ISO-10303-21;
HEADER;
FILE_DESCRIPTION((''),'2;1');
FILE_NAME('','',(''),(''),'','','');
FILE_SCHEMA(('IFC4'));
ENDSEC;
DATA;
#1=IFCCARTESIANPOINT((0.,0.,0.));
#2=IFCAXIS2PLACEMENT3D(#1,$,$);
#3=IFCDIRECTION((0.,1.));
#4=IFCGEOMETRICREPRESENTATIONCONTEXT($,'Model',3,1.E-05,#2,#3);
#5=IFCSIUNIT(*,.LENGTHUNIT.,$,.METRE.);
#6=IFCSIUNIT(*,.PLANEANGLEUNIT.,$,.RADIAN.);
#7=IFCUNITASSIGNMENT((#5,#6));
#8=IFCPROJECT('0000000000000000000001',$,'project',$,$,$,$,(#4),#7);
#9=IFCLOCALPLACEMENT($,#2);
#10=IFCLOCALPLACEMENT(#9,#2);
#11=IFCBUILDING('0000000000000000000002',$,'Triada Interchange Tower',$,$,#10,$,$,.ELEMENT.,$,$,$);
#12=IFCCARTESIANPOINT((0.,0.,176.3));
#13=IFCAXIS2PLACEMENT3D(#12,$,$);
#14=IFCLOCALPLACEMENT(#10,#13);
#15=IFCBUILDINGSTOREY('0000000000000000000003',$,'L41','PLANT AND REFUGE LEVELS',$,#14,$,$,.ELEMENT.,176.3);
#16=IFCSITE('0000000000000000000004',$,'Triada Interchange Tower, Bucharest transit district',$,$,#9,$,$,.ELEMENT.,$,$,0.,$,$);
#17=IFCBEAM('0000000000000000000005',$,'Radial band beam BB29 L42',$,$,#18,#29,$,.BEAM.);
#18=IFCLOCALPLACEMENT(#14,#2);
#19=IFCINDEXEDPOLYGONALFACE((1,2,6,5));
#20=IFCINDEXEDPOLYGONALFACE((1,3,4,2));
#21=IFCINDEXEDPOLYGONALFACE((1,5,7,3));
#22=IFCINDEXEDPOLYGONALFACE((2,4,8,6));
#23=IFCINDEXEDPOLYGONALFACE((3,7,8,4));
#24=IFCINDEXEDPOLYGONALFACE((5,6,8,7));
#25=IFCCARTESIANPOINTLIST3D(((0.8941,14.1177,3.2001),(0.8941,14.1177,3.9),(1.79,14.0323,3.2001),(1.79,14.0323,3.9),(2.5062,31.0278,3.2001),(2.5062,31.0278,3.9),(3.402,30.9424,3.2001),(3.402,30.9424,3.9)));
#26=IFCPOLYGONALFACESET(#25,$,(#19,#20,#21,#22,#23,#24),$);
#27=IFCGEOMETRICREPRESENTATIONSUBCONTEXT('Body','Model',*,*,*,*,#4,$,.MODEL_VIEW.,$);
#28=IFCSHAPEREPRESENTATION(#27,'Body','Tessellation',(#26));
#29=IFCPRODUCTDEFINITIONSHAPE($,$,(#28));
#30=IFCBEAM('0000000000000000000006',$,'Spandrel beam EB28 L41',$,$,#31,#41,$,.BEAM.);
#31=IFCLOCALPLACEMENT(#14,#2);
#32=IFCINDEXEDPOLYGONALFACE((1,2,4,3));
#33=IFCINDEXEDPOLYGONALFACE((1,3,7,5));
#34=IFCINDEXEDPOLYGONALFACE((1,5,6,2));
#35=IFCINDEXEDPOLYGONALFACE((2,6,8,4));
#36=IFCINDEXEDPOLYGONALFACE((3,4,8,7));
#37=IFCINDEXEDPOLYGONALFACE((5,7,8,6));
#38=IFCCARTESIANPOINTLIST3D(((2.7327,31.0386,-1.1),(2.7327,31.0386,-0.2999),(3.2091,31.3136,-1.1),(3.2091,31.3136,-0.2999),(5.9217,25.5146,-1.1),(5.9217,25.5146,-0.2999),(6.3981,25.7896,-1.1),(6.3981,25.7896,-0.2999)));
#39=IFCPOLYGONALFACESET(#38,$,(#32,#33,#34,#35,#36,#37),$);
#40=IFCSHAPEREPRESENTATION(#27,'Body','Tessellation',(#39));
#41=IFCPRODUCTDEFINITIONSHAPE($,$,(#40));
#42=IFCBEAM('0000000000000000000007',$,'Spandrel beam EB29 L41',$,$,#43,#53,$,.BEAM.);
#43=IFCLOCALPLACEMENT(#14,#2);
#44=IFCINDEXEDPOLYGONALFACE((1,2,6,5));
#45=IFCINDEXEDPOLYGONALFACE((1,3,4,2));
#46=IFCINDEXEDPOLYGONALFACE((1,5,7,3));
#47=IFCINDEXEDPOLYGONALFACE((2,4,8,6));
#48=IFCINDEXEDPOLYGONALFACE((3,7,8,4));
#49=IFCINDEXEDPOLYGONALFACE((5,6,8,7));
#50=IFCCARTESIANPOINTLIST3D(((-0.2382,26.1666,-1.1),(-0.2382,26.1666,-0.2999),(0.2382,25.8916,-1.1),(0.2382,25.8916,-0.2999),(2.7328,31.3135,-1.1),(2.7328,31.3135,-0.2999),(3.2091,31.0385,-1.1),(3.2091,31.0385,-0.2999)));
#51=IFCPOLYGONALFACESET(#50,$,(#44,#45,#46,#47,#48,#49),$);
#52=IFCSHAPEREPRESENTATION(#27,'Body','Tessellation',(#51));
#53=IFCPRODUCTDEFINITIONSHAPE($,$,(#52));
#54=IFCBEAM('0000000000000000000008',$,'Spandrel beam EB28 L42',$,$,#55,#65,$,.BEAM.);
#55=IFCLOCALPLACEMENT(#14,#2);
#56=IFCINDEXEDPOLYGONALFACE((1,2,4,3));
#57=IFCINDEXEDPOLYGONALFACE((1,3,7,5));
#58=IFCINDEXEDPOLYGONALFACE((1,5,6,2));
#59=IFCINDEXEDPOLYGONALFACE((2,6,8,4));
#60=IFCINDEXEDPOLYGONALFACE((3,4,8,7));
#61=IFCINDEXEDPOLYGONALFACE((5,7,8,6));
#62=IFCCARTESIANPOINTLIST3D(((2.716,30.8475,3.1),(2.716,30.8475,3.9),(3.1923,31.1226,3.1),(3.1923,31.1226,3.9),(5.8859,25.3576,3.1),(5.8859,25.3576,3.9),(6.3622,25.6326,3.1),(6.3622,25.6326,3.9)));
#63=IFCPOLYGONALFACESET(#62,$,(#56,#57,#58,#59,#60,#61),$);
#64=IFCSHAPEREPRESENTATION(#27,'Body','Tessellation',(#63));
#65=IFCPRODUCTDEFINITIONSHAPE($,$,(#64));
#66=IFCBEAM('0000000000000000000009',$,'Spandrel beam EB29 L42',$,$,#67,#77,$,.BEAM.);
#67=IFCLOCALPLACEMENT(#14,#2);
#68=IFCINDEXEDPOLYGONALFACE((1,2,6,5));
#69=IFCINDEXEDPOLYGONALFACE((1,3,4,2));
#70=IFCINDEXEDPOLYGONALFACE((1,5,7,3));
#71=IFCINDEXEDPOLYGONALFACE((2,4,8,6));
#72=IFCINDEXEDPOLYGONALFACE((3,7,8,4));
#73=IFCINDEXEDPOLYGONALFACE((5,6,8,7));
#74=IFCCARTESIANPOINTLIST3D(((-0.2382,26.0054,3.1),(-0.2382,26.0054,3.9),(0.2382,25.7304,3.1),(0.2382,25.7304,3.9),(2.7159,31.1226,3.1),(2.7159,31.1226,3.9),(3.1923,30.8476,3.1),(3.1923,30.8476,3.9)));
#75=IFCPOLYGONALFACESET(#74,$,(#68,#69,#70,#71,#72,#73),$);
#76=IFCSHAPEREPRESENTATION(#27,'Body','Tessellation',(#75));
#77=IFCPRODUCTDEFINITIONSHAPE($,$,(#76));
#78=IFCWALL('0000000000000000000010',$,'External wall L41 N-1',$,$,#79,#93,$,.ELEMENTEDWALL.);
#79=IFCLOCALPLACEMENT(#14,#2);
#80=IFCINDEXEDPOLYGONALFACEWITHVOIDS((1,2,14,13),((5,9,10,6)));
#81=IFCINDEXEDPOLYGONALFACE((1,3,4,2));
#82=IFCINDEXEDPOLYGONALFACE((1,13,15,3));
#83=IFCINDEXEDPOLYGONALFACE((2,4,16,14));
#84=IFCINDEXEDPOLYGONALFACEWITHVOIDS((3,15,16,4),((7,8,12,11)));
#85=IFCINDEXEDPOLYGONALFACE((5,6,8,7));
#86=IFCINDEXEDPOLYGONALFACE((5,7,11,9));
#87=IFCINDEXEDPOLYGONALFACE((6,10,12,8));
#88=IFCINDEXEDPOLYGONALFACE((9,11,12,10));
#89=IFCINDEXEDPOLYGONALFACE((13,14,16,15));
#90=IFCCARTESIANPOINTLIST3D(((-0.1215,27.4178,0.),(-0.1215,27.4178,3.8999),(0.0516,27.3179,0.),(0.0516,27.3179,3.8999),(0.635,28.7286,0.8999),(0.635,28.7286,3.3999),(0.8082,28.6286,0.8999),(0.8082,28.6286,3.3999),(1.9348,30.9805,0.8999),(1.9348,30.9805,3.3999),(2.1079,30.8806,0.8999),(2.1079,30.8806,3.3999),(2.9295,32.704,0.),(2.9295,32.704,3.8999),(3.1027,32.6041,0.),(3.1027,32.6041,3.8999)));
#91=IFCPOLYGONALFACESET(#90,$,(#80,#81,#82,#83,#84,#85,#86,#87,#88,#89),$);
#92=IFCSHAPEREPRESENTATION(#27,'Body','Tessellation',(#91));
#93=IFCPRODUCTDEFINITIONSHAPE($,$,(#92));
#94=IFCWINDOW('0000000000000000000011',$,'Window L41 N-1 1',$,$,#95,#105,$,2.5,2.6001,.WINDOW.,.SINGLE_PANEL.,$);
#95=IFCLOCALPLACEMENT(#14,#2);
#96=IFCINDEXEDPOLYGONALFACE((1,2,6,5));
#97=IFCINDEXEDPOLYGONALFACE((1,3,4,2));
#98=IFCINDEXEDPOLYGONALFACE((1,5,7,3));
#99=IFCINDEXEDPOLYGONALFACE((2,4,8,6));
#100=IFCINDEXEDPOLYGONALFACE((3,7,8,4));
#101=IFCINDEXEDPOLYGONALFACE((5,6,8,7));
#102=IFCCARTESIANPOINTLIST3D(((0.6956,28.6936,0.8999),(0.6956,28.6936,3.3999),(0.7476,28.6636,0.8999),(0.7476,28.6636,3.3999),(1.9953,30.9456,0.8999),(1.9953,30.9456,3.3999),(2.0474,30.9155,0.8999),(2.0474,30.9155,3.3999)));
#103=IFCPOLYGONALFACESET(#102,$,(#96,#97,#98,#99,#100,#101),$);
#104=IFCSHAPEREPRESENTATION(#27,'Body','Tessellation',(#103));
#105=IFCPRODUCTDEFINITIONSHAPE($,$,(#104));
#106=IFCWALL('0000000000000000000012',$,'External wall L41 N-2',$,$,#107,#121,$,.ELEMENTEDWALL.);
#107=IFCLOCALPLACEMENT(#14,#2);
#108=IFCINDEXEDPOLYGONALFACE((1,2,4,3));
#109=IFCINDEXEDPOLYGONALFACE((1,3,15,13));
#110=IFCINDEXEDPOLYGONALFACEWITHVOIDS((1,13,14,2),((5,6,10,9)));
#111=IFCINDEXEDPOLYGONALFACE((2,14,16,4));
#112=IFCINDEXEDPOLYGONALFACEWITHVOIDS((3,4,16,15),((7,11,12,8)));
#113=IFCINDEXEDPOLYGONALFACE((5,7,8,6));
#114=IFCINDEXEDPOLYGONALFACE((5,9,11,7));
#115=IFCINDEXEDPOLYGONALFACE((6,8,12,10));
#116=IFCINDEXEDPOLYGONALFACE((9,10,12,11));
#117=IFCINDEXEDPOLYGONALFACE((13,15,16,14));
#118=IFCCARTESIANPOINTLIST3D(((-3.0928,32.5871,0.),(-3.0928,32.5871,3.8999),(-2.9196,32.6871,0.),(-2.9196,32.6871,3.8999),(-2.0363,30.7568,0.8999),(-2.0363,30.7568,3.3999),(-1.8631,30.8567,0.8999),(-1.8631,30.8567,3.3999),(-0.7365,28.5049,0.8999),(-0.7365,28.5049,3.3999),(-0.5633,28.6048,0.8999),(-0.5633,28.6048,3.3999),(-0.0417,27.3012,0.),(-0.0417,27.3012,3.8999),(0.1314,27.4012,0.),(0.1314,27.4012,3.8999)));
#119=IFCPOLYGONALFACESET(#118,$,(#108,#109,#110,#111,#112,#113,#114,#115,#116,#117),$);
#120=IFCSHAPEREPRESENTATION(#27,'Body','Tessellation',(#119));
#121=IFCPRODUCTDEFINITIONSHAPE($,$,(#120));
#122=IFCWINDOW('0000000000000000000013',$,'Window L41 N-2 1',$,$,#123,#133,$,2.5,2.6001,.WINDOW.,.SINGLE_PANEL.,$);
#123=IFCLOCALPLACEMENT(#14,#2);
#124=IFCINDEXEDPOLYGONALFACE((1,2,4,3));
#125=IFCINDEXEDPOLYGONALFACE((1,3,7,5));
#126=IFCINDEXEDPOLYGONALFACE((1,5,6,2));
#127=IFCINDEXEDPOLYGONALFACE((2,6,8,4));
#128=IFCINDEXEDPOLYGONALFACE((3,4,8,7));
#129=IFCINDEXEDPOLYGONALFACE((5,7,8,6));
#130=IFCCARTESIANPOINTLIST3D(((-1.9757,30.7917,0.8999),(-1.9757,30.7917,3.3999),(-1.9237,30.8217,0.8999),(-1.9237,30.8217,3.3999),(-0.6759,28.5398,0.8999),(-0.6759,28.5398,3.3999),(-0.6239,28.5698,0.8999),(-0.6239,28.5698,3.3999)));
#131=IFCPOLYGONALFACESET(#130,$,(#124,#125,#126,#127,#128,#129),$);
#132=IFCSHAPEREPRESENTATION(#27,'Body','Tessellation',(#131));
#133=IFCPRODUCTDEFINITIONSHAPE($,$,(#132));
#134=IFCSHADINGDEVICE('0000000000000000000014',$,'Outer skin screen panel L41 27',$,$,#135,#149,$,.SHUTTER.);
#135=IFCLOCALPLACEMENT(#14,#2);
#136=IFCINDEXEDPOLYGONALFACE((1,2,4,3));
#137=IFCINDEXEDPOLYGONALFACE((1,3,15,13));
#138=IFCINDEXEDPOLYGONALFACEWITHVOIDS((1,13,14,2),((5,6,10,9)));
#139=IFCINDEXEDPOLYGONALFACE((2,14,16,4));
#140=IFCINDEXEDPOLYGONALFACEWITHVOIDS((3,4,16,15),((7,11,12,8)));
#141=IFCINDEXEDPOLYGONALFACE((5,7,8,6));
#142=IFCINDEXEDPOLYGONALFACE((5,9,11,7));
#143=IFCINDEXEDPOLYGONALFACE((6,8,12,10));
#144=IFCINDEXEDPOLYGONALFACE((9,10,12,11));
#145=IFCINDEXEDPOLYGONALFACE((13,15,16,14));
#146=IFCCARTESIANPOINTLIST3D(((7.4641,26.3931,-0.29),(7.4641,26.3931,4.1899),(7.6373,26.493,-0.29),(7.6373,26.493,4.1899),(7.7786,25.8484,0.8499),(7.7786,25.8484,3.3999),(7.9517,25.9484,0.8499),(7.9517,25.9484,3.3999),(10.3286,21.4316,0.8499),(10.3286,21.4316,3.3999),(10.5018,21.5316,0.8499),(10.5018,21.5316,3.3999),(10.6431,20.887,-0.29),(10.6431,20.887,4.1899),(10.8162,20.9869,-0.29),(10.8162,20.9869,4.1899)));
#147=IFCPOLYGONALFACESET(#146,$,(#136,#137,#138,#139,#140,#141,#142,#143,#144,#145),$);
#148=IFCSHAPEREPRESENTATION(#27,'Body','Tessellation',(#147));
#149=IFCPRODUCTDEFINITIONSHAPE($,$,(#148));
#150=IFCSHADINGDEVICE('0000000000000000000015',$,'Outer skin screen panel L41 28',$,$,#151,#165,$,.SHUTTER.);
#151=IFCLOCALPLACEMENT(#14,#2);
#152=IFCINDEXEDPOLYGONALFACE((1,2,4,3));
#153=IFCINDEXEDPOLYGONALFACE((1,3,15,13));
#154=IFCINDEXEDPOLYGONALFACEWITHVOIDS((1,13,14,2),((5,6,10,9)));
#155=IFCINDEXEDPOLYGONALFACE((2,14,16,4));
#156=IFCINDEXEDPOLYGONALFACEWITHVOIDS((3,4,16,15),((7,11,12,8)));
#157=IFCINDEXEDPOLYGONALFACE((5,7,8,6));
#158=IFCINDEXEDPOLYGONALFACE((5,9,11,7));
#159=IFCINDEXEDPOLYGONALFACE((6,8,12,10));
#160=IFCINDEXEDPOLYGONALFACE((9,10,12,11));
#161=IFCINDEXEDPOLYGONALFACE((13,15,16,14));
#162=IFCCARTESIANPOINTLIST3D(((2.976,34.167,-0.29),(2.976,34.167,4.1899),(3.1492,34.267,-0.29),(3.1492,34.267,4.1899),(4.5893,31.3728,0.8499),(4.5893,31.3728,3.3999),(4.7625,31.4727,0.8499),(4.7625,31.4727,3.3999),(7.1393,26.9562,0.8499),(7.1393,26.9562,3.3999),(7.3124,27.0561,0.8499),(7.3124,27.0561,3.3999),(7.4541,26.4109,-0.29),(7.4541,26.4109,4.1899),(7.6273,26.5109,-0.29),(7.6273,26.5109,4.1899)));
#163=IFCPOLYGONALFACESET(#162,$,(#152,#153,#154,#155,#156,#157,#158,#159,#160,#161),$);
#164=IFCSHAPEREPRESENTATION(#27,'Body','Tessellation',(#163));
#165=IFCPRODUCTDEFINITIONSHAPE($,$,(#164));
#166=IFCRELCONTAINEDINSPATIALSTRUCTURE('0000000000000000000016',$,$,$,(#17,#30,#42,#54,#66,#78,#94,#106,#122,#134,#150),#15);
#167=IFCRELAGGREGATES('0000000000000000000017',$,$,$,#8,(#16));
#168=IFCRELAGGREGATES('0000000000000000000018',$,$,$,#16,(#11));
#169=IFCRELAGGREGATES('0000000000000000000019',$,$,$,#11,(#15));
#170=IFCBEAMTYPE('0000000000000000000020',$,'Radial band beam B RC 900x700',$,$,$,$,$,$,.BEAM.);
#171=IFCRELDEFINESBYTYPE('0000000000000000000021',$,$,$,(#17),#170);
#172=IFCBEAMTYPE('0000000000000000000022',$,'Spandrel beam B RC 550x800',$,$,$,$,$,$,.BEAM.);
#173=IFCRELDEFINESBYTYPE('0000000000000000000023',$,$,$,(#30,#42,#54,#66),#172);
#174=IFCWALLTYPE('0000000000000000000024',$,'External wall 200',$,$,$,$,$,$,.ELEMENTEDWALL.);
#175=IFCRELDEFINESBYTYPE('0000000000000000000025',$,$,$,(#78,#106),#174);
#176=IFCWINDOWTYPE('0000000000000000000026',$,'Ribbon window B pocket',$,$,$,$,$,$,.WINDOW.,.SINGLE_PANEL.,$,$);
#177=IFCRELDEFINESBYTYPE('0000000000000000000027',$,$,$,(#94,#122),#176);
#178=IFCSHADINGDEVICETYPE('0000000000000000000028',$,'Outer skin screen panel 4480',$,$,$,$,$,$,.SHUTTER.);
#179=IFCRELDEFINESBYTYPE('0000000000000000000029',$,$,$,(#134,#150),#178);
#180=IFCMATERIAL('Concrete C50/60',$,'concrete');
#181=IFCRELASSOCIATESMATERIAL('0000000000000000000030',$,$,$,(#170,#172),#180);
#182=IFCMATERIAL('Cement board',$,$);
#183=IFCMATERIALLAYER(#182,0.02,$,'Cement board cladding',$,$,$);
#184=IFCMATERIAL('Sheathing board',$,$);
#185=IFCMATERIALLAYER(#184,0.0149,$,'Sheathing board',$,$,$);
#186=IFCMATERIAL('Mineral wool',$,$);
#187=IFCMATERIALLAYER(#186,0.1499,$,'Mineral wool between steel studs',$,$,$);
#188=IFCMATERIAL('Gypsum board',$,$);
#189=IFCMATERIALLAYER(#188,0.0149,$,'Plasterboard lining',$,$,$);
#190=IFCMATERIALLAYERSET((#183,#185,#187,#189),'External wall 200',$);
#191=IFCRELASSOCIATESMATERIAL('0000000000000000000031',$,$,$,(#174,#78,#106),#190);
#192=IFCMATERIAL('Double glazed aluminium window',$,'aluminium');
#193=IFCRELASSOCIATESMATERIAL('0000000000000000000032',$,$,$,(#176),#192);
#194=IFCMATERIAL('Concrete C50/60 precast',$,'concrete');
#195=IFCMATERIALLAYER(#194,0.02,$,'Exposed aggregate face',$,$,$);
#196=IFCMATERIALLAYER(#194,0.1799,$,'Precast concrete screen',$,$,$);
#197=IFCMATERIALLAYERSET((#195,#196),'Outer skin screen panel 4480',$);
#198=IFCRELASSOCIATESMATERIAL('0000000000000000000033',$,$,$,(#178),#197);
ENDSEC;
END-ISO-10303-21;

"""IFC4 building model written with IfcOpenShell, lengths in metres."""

from ifc_helpers import new_model, si_unit, direction, frame, frame_2d, origin, origin_2d, place, context, subcontext, project, spatial, polyline, rectangle, outline, extrude, material, layer, layer_set, layer_usage, material_profile, profile_set, type_object, element, fill, save


model = new_model("IFC4")

# Units and contexts
model_context = context("Model", 3, precision=1e-05, world=origin(), true_north=direction((0.0, 1.0)))
body_context = subcontext(model_context, "Body", "Model", "MODEL_VIEW")
ifc_project = project(units=[si_unit("LENGTHUNIT", "METRE"), si_unit("PLANEANGLEUNIT", "RADIAN")], contexts=[model_context])

# Site, building, storey
site_placement = place(None, origin())
site = spatial("IfcSite", under=ifc_project, at=site_placement, Name="Triada Interchange Tower, Bucharest transit district", CompositionType="ELEMENT", RefElevation=0.0)
building_placement = place(site_placement, origin())
building = spatial("IfcBuilding", under=site, at=building_placement, Name="Triada Interchange Tower", CompositionType="ELEMENT")
storey_placement = place(building_placement, frame((0.0, 0.0, 176.3)))
storey = spatial("IfcBuildingStorey", under=building, at=storey_placement, Name="L41", Description="PLANT AND REFUGE LEVELS", CompositionType="ELEMENT", Elevation=176.3)

# Beams
ifc_material_1 = material(Name="Concrete C50/60", Category="concrete")
ifc_material_profile_1 = material_profile(ifc_material_1, rectangle(XDim=0.8999, YDim=0.7, at=origin_2d()), Name="RC 900x700")
ifc_profile_set_1 = profile_set([ifc_material_profile_1], Name="Concrete C50/60")
beam_type_1 = type_object("IfcBeamType", Name="Radial band beam B RC 900x700", PredefinedType="BEAM", material=ifc_profile_set_1)
beam_1_placement = place(storey_placement, frame((2.9541, 30.9851, 3.55), z_axis=(-0.094901, -0.995487, 0.0), x_axis=(0.995487, -0.094901, 0.0)))
element("IfcBeam", 1, at=beam_1_placement, inside=storey, type_object=beam_type_1, Name="Radial band beam BB29 L42", PredefinedType="BEAM", context=body_context, shape_type="SweptSolid", body=[
    extrude(rectangle(XDim=0.8999, YDim=0.7, at=origin_2d()), origin(), (0.0, 0.0, 1.0), 16.9868),
])
ifc_material_profile_2 = material_profile(ifc_material_1, rectangle(XDim=0.55, YDim=0.8, at=origin_2d()), Name="RC 550x800")
ifc_profile_set_2 = profile_set([ifc_material_profile_2], Name="Concrete C50/60")
beam_type_2 = type_object("IfcBeamType", Name="Spandrel beam B RC 550x800", PredefinedType="BEAM", material=ifc_profile_set_2)
beam_2_placement = place(storey_placement, frame((6.1599, 25.6521, -0.7), z_axis=(-0.499968, 0.866044, 0.0), x_axis=(-0.866044, -0.499968, 0.0)))
element("IfcBeam", 2, at=beam_2_placement, inside=storey, type_object=beam_type_2, Name="Spandrel beam EB28 L41", PredefinedType="BEAM", context=body_context, shape_type="SweptSolid", body=[
    extrude(rectangle(XDim=0.55, YDim=0.8, at=origin_2d()), origin(), (0.0, 0.0, 1.0), 6.3784),
])
beam_3_placement = place(storey_placement, frame((2.9709, 31.176, -0.7), z_axis=(-0.499917, -0.866073, 0.0), x_axis=(0.866073, -0.499917, 0.0)))
element("IfcBeam", 3, at=beam_3_placement, inside=storey, type_object=beam_type_2, Name="Spandrel beam EB29 L41", PredefinedType="BEAM", context=body_context, shape_type="SweptSolid", body=[
    extrude(rectangle(XDim=0.55, YDim=0.8, at=origin_2d()), origin(), (0.0, 0.0, 1.0), 5.9429),
])
beam_4_placement = place(storey_placement, frame((6.124, 25.4951, 3.5), z_axis=(-0.500032, 0.866007, 0.0), x_axis=(-0.866007, -0.500032, 0.0)))
element("IfcBeam", 4, at=beam_4_placement, inside=storey, type_object=beam_type_2, Name="Spandrel beam EB28 L42", PredefinedType="BEAM", context=body_context, shape_type="SweptSolid", body=[
    extrude(rectangle(XDim=0.55, YDim=0.8, at=origin_2d()), origin(), (0.0, 0.0, 1.0), 6.3394),
])
beam_5_placement = place(storey_placement, frame((2.9541, 30.9851, 3.5), z_axis=(-0.499961, -0.866048, 0.0), x_axis=(0.866048, -0.499961, 0.0)))
element("IfcBeam", 5, at=beam_5_placement, inside=storey, type_object=beam_type_2, Name="Spandrel beam EB29 L42", PredefinedType="BEAM", context=body_context, shape_type="SweptSolid", body=[
    extrude(rectangle(XDim=0.55, YDim=0.8, at=origin_2d()), origin(), (0.0, 0.0, 1.0), 5.9087),
])

# Walls, openings, windows
ifc_material_2 = material(Name="Cement board")
ifc_layer_1 = layer(ifc_material_2, 0.02, Name="Cement board cladding")
ifc_material_3 = material(Name="Sheathing board")
ifc_layer_2 = layer(ifc_material_3, 0.0149, Name="Sheathing board")
ifc_material_4 = material(Name="Mineral wool")
ifc_layer_3 = layer(ifc_material_4, 0.1499, Name="Mineral wool between steel studs")
ifc_material_5 = material(Name="Gypsum board")
ifc_layer_4 = layer(ifc_material_5, 0.0149, Name="Plasterboard lining")
ifc_layer_set_1 = layer_set([ifc_layer_1, ifc_layer_2, ifc_layer_3, ifc_layer_4], Name="External wall 200")
ifc_layer_usage = layer_usage(ifc_layer_set_1, "AXIS2", "POSITIVE", -0.1001)
wall_type = type_object("IfcWallType", Name="External wall 200", PredefinedType="ELEMENTEDWALL", material=ifc_layer_set_1)
wall_1_placement = place(storey_placement, frame((3.0161, 32.6541, 0.0), z_axis=(0.0, 0.0, 1.0), x_axis=(-0.499886, -0.866091, 0.0)))
wall_1 = element("IfcWall", 6, at=wall_1_placement, inside=storey, type_object=wall_type, material=ifc_layer_usage, Name="External wall L41 N-1", PredefinedType="ELEMENTEDWALL", context=body_context, shape_type="SweptSolid", body=[
    extrude(rectangle(XDim=6.1035, YDim=0.2, at=frame_2d((3.0518, 0.0))), origin(), (0.0, 0.0, 1.0), 3.8999),
])
opening_1_placement = place(wall_1_placement, frame((1.99, 0.0, 0.8999)))
opening_1 = element("IfcOpeningElement", 7, at=opening_1_placement, cuts=wall_1, PredefinedType="OPENING", context=body_context, shape_type="SweptSolid", body=[
    extrude(rectangle(XDim=2.6001, YDim=2.5, at=frame_2d((1.3, 1.25))), frame((0.0, 0.1099, 0.0), z_axis=(0.0, -1.0, 0.0), x_axis=(1.0, 0.0, 0.0)), (0.0, 0.0, 1.0), 0.22),
])
ifc_material_6 = material(Name="Double glazed aluminium window", Category="aluminium")
window_type = type_object("IfcWindowType", Name="Ribbon window B pocket", PartitioningType="SINGLE_PANEL", PredefinedType="WINDOW", material=ifc_material_6)
window_1_placement = place(opening_1_placement, origin())
window_1 = element("IfcWindow", 8, at=window_1_placement, inside=storey, type_object=window_type, Name="Window L41 N-1 1", OverallHeight=2.5, OverallWidth=2.6001, PartitioningType="SINGLE_PANEL", PredefinedType="WINDOW", context=body_context, shape_type="SweptSolid", body=[
    extrude(rectangle(XDim=2.6001, YDim=2.5, at=frame_2d((1.3, 1.25))), frame((0.0, 0.03, 0.0), z_axis=(0.0, -1.0, 0.0), x_axis=(1.0, 0.0, 0.0)), (0.0, 0.0, 1.0), 0.0601),
])
fill(opening_1, window_1)
wall_2_placement = place(storey_placement, frame((0.0449, 27.3511, 0.0), z_axis=(0.0, 0.0, 1.0), x_axis=(-0.499904, 0.866081, 0.0)))
wall_2 = element("IfcWall", 9, at=wall_2_placement, inside=storey, type_object=wall_type, material=ifc_layer_usage, Name="External wall L41 N-2", PredefinedType="ELEMENTEDWALL", context=body_context, shape_type="SweptSolid", body=[
    extrude(rectangle(XDim=6.1033, YDim=0.2, at=frame_2d((3.0518, 0.0))), origin(), (0.0, 0.0, 1.0), 3.8999),
])
opening_2_placement = place(wall_2_placement, frame((1.3899, 0.0, 0.8999)))
opening_2 = element("IfcOpeningElement", 10, at=opening_2_placement, cuts=wall_2, PredefinedType="OPENING", context=body_context, shape_type="SweptSolid", body=[
    extrude(rectangle(XDim=2.6001, YDim=2.5, at=frame_2d((1.3, 1.25))), frame((0.0, 0.1099, 0.0), z_axis=(0.0, -1.0, 0.0), x_axis=(1.0, 0.0, 0.0)), (0.0, 0.0, 1.0), 0.22),
])
window_2_placement = place(opening_2_placement, origin())
window_2 = element("IfcWindow", 11, at=window_2_placement, inside=storey, type_object=window_type, Name="Window L41 N-2 1", OverallHeight=2.5, OverallWidth=2.6001, PartitioningType="SINGLE_PANEL", PredefinedType="WINDOW", context=body_context, shape_type="SweptSolid", body=[
    extrude(rectangle(XDim=2.6001, YDim=2.5, at=frame_2d((1.3, 1.25))), frame((0.0, 0.03, 0.0), z_axis=(0.0, -1.0, 0.0), x_axis=(1.0, 0.0, 0.0)), (0.0, 0.0, 1.0), 0.0601),
])
fill(opening_2, window_2)

# Shading devices
ifc_material_7 = material(Name="Concrete C50/60 precast", Category="concrete")
ifc_layer_5 = layer(ifc_material_7, 0.02, Name="Exposed aggregate face")
ifc_layer_6 = layer(ifc_material_7, 0.1799, Name="Precast concrete screen")
ifc_layer_set_2 = layer_set([ifc_layer_5, ifc_layer_6], Name="Outer skin screen panel 4480")
shading_device_type = type_object("IfcShadingDeviceType", Name="Outer skin screen panel 4480", PredefinedType="SHUTTER", material=ifc_layer_set_2)
shading_device_1_placement = place(storey_placement, frame((10.6431, 20.887, -0.29), z_axis=(0.0, 0.0, 1.0), x_axis=(-0.500001, 0.866025, 0.0)))
element("IfcShadingDevice", 12, at=shading_device_1_placement, inside=storey, type_object=shading_device_type, Name="Outer skin screen panel L41 27", PredefinedType="SHUTTER", context=body_context, shape_type="SweptSolid", body=[
    extrude(outline(polyline([(0.0, 0.0), (6.3579, 0.0), (6.3579, 4.48), (0.0, 4.48), (0.0, 0.0)]), holes=[polyline([(0.6289, 1.1399), (0.6289, 3.6899), (5.729, 3.6899), (5.729, 1.1399), (0.6289, 1.1399)])]), frame((0.0, 0.0, 0.0), z_axis=(0.0, -1.0, 0.0), x_axis=(1.0, 0.0, 0.0)), (0.0, 0.0, 1.0), 0.2),
])
shading_device_2_placement = place(storey_placement, frame((7.4541, 26.4109, -0.29), z_axis=(0.0, 0.0, 1.0), x_axis=(-0.500003, 0.866024, 0.0)))
element("IfcShadingDevice", 13, at=shading_device_2_placement, inside=storey, type_object=shading_device_type, Name="Outer skin screen panel L41 28", PredefinedType="SHUTTER", context=body_context, shape_type="SweptSolid", body=[
    extrude(outline(polyline([(0.0, 0.0), (8.9561, 0.0), (8.9561, 4.48), (0.0, 4.48), (0.0, 0.0)]), holes=[polyline([(0.6296, 1.1399), (0.6296, 3.6899), (5.7295, 3.6899), (5.7295, 1.1399), (0.6296, 1.1399)])]), frame((0.0, 0.0, 0.0), z_axis=(0.0, -1.0, 0.0), x_axis=(1.0, 0.0, 0.0)), (0.0, 0.0, 1.0), 0.2),
])

save(model, "model.ifc")
